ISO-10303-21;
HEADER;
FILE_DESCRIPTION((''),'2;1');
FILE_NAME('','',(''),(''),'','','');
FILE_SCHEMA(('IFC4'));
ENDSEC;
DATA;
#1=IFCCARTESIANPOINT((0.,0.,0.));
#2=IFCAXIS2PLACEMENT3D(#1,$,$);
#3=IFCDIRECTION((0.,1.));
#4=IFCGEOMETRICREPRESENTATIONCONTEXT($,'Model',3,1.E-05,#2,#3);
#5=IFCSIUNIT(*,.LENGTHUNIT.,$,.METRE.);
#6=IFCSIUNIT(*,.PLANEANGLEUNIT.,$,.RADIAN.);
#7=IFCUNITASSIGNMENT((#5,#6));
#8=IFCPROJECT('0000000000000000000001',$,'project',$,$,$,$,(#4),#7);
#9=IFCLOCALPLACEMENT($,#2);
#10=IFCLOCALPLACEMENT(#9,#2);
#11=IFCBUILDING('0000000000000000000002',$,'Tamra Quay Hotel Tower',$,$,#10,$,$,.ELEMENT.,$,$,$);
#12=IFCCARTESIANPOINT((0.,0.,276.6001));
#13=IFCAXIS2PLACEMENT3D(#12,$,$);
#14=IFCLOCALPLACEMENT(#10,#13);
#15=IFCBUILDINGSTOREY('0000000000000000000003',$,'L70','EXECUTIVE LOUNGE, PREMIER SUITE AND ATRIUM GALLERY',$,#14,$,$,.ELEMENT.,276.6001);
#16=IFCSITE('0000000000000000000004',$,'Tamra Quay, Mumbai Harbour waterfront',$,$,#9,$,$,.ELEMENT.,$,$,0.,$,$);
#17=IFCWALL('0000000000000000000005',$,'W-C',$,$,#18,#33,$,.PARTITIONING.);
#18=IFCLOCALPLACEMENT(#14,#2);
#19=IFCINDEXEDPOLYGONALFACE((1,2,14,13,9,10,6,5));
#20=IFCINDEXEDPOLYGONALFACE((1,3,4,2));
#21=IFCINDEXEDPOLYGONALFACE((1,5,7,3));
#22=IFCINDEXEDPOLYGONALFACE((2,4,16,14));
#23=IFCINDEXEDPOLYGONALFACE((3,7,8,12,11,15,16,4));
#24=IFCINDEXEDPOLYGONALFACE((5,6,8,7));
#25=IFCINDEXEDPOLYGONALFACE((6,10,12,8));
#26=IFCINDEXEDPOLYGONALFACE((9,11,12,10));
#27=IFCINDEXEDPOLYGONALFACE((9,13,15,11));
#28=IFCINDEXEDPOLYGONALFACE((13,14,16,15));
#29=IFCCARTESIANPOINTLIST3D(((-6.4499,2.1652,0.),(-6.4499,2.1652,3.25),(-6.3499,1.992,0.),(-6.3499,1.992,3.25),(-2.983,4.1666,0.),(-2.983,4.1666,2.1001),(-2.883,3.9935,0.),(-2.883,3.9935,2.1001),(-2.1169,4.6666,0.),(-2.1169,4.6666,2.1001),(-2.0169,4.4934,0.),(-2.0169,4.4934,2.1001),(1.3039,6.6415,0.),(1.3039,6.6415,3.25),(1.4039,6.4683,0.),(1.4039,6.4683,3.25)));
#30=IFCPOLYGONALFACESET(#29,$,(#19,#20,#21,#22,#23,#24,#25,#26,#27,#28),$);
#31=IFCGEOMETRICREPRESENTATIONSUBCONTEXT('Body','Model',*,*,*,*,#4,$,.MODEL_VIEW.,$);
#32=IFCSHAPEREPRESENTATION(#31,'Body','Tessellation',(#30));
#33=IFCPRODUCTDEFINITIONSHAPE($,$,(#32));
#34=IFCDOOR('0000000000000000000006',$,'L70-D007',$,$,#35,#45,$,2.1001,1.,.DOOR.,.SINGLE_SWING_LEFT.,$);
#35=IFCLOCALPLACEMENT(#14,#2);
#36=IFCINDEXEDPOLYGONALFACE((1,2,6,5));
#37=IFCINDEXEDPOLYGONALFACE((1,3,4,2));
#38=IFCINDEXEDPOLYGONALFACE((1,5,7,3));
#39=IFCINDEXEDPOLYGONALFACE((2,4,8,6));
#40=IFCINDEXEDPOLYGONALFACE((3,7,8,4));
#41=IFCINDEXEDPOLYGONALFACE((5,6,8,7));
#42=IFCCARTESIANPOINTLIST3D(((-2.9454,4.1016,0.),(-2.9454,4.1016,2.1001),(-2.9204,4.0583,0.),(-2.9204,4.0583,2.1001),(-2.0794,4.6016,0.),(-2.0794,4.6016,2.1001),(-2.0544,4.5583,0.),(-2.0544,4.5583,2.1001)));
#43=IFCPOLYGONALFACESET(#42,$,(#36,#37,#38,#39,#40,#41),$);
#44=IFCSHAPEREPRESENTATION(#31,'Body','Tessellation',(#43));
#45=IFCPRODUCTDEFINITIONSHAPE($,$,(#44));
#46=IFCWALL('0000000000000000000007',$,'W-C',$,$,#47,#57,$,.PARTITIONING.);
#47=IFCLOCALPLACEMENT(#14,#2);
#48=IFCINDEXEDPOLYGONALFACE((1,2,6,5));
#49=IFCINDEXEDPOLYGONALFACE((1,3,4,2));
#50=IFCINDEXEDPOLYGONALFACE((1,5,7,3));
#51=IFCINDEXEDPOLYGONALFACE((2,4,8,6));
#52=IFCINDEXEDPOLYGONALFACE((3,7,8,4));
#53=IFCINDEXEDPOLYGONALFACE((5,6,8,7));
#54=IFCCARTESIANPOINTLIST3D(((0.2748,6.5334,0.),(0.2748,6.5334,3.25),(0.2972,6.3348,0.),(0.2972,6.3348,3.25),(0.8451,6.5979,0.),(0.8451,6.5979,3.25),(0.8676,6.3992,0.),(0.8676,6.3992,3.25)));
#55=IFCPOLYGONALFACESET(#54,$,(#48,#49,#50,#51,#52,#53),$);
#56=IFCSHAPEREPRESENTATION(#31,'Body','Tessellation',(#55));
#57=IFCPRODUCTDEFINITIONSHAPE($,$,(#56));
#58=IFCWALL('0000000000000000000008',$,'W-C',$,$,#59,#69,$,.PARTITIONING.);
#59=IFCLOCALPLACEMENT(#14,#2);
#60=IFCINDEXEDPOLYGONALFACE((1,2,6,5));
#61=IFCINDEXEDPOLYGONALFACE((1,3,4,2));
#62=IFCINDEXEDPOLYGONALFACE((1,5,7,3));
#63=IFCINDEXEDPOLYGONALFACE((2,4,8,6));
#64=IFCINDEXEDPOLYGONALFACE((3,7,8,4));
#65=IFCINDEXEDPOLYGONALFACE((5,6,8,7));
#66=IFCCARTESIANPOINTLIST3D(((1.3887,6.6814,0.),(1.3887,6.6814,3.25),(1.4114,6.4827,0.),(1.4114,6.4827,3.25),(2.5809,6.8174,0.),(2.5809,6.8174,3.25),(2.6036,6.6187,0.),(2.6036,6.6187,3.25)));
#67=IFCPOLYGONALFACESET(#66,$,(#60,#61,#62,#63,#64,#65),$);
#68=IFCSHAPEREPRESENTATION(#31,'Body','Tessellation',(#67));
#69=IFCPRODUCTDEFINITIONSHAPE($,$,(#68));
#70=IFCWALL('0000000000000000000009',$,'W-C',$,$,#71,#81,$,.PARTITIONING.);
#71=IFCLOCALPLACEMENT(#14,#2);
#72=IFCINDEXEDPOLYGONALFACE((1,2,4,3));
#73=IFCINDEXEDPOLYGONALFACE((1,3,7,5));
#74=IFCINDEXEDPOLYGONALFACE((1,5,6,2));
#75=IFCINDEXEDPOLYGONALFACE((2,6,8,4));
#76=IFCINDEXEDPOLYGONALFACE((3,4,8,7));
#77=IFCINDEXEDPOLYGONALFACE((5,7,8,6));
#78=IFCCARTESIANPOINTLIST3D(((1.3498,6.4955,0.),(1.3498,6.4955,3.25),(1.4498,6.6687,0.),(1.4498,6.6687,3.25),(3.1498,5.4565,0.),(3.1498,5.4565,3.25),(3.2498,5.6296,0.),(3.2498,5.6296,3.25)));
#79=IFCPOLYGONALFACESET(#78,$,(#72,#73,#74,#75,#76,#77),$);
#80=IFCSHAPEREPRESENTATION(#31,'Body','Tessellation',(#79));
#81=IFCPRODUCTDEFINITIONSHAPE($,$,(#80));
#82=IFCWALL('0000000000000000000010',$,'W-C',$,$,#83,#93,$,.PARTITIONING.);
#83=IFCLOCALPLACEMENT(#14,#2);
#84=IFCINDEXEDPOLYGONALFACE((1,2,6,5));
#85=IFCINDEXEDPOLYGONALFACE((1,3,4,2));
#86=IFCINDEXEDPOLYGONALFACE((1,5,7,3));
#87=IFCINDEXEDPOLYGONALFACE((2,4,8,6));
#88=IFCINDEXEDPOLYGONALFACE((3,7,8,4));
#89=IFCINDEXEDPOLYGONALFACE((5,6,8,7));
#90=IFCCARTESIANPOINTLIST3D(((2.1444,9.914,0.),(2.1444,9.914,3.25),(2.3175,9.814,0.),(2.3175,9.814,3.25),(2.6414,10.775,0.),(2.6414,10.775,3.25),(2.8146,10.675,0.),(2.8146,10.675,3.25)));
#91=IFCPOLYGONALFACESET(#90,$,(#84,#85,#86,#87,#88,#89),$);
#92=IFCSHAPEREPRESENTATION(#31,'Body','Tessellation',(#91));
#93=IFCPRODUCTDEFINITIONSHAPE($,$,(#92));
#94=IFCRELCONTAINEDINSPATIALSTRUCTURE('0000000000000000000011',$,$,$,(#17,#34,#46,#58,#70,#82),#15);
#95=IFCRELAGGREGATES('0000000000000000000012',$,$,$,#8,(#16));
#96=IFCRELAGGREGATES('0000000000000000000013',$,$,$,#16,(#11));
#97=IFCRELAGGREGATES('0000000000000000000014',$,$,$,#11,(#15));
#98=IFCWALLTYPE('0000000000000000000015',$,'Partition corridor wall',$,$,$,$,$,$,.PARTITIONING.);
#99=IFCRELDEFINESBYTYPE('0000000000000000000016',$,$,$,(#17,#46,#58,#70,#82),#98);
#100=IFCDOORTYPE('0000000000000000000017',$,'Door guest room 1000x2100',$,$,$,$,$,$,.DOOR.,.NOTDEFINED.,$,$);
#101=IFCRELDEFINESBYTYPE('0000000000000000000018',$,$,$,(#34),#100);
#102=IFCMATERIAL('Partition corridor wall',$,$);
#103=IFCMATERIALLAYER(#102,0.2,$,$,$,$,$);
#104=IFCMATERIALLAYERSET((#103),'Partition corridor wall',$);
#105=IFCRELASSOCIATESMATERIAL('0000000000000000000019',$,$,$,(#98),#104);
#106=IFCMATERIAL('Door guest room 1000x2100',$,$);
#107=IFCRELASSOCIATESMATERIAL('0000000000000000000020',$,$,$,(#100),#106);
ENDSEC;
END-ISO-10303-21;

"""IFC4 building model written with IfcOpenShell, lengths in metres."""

from ifc_helpers import new_model, si_unit, direction, frame, frame_2d, origin, place, context, subcontext, project, spatial, rectangle, extrude, material, layer, layer_set, type_object, element, fill, save


model = new_model("IFC4")

# Units and contexts
model_context = context("Model", 3, precision=1e-05, world=origin(), true_north=direction((0.0, 1.0)))
body_context = subcontext(model_context, "Body", "Model", "MODEL_VIEW")
ifc_project = project(units=[si_unit("LENGTHUNIT", "METRE"), si_unit("PLANEANGLEUNIT", "RADIAN")], contexts=[model_context])

# Site, building, storey
site_placement = place(None, origin())
site = spatial("IfcSite", under=ifc_project, at=site_placement, Name="Tamra Quay, Mumbai Harbour waterfront", CompositionType="ELEMENT", RefElevation=0.0)
building_placement = place(site_placement, origin())
building = spatial("IfcBuilding", under=site, at=building_placement, Name="Tamra Quay Hotel Tower", CompositionType="ELEMENT")
storey_placement = place(building_placement, frame((0.0, 0.0, 276.6001)))
storey = spatial("IfcBuildingStorey", under=building, at=storey_placement, Name="L70", Description="EXECUTIVE LOUNGE, PREMIER SUITE AND ATRIUM GALLERY", CompositionType="ELEMENT", Elevation=276.6001)

# Shared definitions
ifc_material_1 = material(Name="Partition corridor wall")
ifc_layer_1 = layer(ifc_material_1, 0.2)
ifc_layer_set_1 = layer_set([ifc_layer_1], Name="Partition corridor wall")
wall_type_1 = type_object("IfcWallType", Name="Partition corridor wall", PredefinedType="PARTITIONING", material=ifc_layer_set_1)

# Wall, opening, door
wall_1_placement = place(storey_placement, frame((-6.3999, 2.0786, 0.0), z_axis=(0.0, 0.0, 1.0), x_axis=(0.866045, 0.499966, 0.0)))
wall_1 = element("IfcWall", 1, at=wall_1_placement, inside=storey, type_object=wall_type_1, Name="W-C", PredefinedType="PARTITIONING", context=body_context, shape_type="SweptSolid", body=[
    extrude(rectangle(XDim=8.9531, YDim=0.2, at=frame_2d((4.4766, 0.0))), origin(), (0.0, 0.0, 1.0), 3.25),
])
opening_1_placement = place(wall_1_placement, frame((4.0032, 0.0, 0.0)))
opening_1 = element("IfcOpeningElement", 2, at=opening_1_placement, cuts=wall_1, PredefinedType="OPENING", context=body_context, shape_type="SweptSolid", body=[
    extrude(rectangle(XDim=1.0, YDim=2.1001, at=frame_2d((0.5, 1.05))), frame((0.0, 0.1099, 0.0), z_axis=(0.0, -1.0, 0.0), x_axis=(1.0, 0.0, 0.0)), (0.0, 0.0, 1.0), 0.22),
])
ifc_material_2 = material(Name="Door guest room 1000x2100")
door_type_1 = type_object("IfcDoorType", Name="Door guest room 1000x2100", OperationType="NOTDEFINED", PredefinedType="DOOR", material=ifc_material_2)
door_1_placement = place(opening_1_placement, origin())
door_1 = element("IfcDoor", 3, at=door_1_placement, inside=storey, type_object=door_type_1, Name="L70-D007", OperationType="SINGLE_SWING_LEFT", OverallHeight=2.1001, OverallWidth=1.0, PredefinedType="DOOR", context=body_context, shape_type="SweptSolid", body=[
    extrude(rectangle(XDim=1.0, YDim=2.1001, at=frame_2d((0.5, 1.05))), frame((0.0, 0.0249, 0.0), z_axis=(0.0, -1.0, 0.0), x_axis=(1.0, 0.0, 0.0)), (0.0, 0.0, 1.0), 0.05),
])
fill(opening_1, door_1)

# Walls
wall_2_placement = place(storey_placement, frame((0.2859, 6.4341, 0.0), z_axis=(0.0, 0.0, 1.0), x_axis=(0.993674, 0.112299, 0.0)))
element("IfcWall", 4, at=wall_2_placement, inside=storey, type_object=wall_type_1, Name="W-C", PredefinedType="PARTITIONING", context=body_context, shape_type="SweptSolid", body=[
    extrude(rectangle(XDim=0.574, YDim=0.2, at=frame_2d((0.2871, 0.0))), origin(), (0.0, 0.0, 1.0), 3.25),
])
wall_3_placement = place(storey_placement, frame((1.3999, 6.582, 0.0), z_axis=(0.0, 0.0, 1.0), x_axis=(0.993557, 0.113334, 0.0)))
element("IfcWall", 5, at=wall_3_placement, inside=storey, type_object=wall_type_1, Name="W-C", PredefinedType="PARTITIONING", context=body_context, shape_type="SweptSolid", body=[
    extrude(rectangle(XDim=1.2, YDim=0.2, at=frame_2d((0.6001, 0.0))), origin(), (0.0, 0.0, 1.0), 3.25),
])
wall_4_placement = place(storey_placement, frame((1.3999, 6.582, 0.0), z_axis=(0.0, 0.0, 1.0), x_axis=(0.866066, -0.499929, 0.0)))
element("IfcWall", 6, at=wall_4_placement, inside=storey, type_object=wall_type_1, Name="W-C", PredefinedType="PARTITIONING", context=body_context, shape_type="SweptSolid", body=[
    extrude(rectangle(XDim=2.0784, YDim=0.2, at=frame_2d((1.0391, 0.0))), origin(), (0.0, 0.0, 1.0), 3.25),
])
wall_5_placement = place(storey_placement, frame((2.231, 9.864, 0.0), z_axis=(0.0, 0.0, 1.0), x_axis=(0.499942, 0.866059, 0.0)))
element("IfcWall", 7, at=wall_5_placement, inside=storey, type_object=wall_type_1, Name="W-C", PredefinedType="PARTITIONING", context=body_context, shape_type="SweptSolid", body=[
    extrude(rectangle(XDim=0.9941, YDim=0.2, at=frame_2d((0.4971, 0.0))), origin(), (0.0, 0.0, 1.0), 3.25),
])

save(model, "model.ifc")
